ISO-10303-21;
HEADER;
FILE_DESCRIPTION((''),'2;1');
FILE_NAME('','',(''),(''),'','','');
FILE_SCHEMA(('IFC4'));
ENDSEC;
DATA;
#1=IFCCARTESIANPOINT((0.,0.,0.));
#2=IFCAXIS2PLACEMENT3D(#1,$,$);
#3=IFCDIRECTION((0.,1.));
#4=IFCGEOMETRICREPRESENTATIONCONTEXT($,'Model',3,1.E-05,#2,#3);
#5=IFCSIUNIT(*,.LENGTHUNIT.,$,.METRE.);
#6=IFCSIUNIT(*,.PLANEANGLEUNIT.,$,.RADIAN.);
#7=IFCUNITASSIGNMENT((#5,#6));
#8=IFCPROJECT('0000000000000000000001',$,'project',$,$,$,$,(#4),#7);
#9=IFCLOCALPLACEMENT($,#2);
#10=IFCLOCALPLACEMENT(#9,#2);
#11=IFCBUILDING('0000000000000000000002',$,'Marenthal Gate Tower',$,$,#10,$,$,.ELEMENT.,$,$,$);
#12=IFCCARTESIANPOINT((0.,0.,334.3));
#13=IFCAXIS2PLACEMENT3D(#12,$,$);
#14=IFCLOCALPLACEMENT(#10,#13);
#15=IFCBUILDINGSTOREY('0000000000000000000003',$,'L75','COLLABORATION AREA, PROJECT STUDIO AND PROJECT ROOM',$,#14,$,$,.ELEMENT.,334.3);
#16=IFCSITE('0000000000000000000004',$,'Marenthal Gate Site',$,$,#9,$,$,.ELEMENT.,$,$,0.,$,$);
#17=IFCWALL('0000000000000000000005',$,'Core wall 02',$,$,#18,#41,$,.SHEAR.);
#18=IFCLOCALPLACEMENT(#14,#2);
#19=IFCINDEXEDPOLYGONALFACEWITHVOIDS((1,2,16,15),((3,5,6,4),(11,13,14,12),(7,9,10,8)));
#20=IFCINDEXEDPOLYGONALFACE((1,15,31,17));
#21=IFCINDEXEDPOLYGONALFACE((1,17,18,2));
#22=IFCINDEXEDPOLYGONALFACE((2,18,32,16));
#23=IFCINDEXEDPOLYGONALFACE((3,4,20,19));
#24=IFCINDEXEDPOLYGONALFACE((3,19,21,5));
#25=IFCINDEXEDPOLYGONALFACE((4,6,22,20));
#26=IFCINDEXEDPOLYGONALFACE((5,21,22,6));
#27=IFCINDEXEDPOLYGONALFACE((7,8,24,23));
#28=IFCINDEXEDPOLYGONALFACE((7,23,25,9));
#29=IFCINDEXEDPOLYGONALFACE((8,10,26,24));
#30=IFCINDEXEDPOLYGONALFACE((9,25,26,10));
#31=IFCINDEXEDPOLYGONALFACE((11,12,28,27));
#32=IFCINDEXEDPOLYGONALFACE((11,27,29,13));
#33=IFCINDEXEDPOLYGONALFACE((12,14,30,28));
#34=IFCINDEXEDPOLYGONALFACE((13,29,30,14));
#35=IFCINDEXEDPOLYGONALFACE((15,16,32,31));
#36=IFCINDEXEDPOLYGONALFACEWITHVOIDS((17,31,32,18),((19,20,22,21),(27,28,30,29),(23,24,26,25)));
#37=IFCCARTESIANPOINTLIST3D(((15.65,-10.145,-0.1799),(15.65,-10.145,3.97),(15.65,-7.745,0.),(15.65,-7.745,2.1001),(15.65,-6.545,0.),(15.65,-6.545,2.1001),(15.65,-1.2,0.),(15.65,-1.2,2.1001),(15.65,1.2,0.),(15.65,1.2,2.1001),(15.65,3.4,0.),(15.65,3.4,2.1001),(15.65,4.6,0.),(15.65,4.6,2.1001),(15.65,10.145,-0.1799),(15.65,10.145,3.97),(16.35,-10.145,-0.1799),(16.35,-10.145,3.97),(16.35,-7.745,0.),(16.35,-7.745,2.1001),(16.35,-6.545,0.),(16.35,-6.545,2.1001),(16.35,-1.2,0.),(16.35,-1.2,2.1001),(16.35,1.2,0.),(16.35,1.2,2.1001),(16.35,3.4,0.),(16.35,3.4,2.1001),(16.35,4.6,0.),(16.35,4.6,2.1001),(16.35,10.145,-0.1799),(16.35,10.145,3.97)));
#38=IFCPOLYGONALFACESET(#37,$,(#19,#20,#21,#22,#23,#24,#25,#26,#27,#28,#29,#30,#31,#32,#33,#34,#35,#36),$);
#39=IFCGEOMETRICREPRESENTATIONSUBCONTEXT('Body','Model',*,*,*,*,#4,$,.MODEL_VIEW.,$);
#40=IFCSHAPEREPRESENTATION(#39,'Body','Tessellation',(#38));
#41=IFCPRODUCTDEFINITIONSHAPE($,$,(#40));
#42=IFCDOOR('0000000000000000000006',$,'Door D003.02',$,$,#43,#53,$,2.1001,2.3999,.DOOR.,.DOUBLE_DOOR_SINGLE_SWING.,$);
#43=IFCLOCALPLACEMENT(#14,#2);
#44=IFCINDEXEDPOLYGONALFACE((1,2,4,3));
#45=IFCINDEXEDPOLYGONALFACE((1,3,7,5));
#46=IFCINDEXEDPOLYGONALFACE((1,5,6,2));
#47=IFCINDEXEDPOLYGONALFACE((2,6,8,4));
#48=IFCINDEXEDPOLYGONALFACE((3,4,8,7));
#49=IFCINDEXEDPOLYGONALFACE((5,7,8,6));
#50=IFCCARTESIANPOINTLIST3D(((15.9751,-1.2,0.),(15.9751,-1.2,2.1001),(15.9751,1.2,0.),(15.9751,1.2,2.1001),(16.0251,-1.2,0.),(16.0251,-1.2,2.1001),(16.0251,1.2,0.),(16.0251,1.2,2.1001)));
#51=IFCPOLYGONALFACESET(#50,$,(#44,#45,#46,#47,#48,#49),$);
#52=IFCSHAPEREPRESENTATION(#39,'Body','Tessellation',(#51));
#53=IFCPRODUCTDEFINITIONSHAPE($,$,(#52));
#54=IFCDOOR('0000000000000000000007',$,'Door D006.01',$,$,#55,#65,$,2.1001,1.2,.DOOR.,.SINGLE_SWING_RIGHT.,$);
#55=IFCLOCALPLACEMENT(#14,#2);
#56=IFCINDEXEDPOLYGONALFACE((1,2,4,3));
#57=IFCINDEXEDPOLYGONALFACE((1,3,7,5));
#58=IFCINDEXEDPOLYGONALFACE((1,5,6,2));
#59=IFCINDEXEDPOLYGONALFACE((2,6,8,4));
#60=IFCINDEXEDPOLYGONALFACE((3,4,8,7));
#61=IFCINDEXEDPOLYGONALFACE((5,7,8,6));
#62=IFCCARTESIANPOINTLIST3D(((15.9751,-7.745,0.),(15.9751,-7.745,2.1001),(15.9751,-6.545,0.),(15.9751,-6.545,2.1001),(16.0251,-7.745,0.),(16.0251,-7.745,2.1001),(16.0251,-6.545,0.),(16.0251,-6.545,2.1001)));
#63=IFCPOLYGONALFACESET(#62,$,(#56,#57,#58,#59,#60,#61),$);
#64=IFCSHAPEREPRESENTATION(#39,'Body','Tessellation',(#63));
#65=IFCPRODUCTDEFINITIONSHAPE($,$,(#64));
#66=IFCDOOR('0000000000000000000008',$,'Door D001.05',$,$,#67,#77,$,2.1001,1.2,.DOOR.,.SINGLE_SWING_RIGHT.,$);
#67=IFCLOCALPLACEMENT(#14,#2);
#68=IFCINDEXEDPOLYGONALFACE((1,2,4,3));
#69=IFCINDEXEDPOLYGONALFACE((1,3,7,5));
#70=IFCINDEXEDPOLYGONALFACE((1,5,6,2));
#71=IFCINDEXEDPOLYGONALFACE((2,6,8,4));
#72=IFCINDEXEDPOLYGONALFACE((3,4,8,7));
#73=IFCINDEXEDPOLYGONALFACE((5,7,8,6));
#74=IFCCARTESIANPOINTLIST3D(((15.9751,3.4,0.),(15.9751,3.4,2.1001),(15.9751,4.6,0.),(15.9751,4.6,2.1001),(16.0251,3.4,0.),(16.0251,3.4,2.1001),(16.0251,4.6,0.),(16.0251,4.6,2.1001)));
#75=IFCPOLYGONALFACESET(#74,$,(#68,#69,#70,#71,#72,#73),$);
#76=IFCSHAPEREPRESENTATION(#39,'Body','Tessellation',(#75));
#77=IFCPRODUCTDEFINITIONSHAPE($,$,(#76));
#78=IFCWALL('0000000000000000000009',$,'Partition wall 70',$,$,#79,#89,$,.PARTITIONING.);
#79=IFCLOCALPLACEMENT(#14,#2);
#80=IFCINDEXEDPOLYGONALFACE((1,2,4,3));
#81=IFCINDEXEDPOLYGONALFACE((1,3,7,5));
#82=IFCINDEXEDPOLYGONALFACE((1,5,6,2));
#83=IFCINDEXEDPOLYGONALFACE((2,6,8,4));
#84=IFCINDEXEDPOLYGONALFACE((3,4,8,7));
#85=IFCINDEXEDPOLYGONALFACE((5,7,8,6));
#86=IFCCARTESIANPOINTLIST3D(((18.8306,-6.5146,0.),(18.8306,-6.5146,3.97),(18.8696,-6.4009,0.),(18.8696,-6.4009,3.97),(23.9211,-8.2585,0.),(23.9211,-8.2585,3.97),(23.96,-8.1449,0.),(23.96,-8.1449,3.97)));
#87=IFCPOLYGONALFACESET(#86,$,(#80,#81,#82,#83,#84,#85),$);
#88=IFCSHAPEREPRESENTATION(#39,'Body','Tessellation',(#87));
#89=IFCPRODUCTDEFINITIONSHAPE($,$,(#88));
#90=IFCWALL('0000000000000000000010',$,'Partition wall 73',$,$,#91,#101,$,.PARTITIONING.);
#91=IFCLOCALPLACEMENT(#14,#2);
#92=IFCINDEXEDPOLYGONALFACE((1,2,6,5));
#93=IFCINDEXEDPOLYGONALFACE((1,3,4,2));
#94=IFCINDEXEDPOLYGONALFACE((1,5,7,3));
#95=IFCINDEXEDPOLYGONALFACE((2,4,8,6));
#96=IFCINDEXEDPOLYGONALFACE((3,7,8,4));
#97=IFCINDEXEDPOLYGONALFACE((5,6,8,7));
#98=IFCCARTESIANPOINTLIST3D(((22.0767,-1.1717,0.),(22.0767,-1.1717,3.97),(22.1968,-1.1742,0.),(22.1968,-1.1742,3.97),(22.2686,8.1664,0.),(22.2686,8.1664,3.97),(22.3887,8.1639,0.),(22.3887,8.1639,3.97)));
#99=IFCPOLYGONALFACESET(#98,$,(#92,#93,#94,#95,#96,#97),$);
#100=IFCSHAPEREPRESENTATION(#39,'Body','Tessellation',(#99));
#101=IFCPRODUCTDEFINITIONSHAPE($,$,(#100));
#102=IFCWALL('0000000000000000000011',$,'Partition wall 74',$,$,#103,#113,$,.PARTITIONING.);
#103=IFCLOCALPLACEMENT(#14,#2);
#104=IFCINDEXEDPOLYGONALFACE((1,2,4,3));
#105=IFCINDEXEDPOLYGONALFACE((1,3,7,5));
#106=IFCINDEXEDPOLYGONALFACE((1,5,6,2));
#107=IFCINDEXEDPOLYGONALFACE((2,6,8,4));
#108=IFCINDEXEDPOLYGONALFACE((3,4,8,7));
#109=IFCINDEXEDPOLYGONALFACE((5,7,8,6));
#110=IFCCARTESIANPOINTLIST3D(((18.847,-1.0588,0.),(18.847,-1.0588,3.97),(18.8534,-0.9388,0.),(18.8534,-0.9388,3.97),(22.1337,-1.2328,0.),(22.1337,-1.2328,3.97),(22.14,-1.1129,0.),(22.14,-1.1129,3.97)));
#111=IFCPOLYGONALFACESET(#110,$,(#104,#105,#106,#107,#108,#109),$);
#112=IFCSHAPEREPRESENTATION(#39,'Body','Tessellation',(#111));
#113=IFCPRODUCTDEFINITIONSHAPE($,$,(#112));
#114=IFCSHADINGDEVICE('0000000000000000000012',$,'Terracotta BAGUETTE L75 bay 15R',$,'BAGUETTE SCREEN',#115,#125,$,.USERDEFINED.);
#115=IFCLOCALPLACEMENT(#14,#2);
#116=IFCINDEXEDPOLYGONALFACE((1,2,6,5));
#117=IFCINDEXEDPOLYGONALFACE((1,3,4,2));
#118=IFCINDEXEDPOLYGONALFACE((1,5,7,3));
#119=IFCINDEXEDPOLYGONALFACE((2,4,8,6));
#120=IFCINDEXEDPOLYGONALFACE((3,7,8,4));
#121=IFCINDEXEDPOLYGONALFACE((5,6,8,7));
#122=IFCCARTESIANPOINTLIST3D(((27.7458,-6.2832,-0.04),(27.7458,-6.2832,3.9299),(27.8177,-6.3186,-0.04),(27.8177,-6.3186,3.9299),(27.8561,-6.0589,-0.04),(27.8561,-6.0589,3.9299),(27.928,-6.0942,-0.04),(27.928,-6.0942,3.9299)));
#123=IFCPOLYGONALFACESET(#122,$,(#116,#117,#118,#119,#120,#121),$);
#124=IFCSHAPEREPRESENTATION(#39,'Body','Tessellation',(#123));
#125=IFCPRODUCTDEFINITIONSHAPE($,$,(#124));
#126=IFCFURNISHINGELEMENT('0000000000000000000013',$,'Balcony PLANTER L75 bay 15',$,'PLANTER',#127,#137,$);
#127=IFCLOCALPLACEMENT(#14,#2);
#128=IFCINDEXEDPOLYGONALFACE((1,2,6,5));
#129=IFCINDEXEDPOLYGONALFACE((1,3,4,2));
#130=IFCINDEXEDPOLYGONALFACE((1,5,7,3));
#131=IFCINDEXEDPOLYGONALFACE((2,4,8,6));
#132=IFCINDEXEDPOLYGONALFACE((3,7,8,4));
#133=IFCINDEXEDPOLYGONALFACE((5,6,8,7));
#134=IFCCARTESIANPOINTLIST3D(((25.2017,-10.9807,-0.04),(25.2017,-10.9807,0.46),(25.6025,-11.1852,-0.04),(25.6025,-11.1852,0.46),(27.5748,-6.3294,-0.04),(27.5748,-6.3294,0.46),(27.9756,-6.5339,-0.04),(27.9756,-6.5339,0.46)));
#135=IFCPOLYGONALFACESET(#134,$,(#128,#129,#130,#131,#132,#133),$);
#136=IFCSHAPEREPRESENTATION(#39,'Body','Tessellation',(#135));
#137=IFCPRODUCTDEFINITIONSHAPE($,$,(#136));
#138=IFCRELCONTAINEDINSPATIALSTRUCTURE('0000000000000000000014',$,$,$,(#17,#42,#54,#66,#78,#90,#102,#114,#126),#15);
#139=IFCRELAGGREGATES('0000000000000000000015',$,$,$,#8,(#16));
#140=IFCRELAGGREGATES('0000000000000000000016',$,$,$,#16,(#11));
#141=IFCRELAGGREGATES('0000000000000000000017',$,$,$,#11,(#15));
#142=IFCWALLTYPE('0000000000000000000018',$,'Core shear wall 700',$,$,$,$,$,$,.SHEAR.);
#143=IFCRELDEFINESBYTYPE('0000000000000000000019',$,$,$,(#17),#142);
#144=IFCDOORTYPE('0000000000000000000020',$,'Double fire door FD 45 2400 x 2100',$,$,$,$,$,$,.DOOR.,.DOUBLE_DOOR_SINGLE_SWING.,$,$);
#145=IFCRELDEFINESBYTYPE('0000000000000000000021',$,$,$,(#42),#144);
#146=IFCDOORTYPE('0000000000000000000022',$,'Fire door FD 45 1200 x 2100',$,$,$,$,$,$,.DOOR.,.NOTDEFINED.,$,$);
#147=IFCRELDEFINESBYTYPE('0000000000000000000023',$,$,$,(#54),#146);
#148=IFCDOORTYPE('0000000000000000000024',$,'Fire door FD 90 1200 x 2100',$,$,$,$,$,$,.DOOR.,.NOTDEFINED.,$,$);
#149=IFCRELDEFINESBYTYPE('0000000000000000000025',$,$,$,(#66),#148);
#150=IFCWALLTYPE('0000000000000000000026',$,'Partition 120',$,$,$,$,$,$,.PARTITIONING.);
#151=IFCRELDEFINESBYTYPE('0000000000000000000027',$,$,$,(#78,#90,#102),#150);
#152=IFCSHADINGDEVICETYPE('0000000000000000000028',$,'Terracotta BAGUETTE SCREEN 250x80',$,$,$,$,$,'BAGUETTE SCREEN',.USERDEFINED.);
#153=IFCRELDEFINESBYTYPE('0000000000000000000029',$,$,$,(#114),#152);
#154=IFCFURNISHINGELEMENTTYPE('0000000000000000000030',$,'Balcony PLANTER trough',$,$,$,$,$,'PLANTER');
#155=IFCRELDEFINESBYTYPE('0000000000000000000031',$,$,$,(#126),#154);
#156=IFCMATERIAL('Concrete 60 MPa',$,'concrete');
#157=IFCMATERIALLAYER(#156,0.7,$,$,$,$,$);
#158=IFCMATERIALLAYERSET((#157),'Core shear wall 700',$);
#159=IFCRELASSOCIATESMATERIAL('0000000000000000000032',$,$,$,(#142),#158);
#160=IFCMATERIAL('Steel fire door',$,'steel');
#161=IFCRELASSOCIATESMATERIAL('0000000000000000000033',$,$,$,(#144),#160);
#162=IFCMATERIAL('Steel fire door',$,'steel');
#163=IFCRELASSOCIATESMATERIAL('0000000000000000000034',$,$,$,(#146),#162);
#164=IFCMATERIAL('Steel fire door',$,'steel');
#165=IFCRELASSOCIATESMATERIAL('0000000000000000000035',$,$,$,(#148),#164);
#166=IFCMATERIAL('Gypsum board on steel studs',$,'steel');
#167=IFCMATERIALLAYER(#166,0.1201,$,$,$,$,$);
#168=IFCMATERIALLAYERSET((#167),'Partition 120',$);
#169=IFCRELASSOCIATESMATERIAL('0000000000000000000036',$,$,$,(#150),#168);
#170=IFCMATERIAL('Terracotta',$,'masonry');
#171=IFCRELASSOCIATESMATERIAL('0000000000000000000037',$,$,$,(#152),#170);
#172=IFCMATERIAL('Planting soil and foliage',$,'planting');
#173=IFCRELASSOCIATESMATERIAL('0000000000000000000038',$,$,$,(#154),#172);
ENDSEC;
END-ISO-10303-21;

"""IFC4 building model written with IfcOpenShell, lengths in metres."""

from ifc_helpers import new_model, si_unit, direction, frame, frame_2d, origin, origin_2d, place, context, subcontext, project, spatial, rectangle, extrude, material, layer, layer_set, material_profile, profile_set, type_object, element, fill, save


model = new_model("IFC4")

# Units and contexts
model_context = context("Model", 3, precision=1e-05, world=origin(), true_north=direction((0.0, 1.0)))
body_context = subcontext(model_context, "Body", "Model", "MODEL_VIEW")
ifc_project = project(units=[si_unit("LENGTHUNIT", "METRE"), si_unit("PLANEANGLEUNIT", "RADIAN")], contexts=[model_context])

# Site, building, storey
site_placement = place(None, origin())
site = spatial("IfcSite", under=ifc_project, at=site_placement, Name="Marenthal Gate Site", CompositionType="ELEMENT", RefElevation=0.0)
building_placement = place(site_placement, origin())
building = spatial("IfcBuilding", under=site, at=building_placement, Name="Marenthal Gate Tower", CompositionType="ELEMENT")
storey_placement = place(building_placement, frame((0.0, 0.0, 334.3)))
storey = spatial("IfcBuildingStorey", under=building, at=storey_placement, Name="L75", Description="COLLABORATION AREA, PROJECT STUDIO AND PROJECT ROOM", CompositionType="ELEMENT", Elevation=334.3)

# Wall, openings, doors
ifc_material_1 = material(Name="Concrete 60 MPa", Category="concrete")
ifc_layer_1 = layer(ifc_material_1, 0.7)
ifc_layer_set_1 = layer_set([ifc_layer_1], Name="Core shear wall 700")
wall_type_1 = type_object("IfcWallType", Name="Core shear wall 700", PredefinedType="SHEAR", material=ifc_layer_set_1)
wall_1_placement = place(storey_placement, frame((16.0, -10.145, -0.1799), z_axis=(0.0, 0.0, 1.0), x_axis=(0.0, 1.0, 0.0)))
wall_1 = element("IfcWall", 1, at=wall_1_placement, inside=storey, type_object=wall_type_1, Name="Core wall 02", PredefinedType="SHEAR", context=body_context, shape_type="SweptSolid", body=[
    extrude(rectangle(XDim=20.29, YDim=0.7, at=frame_2d((10.145, 0.0))), origin(), (0.0, 0.0, 1.0), 4.1499),
])
opening_1_placement = place(wall_1_placement, frame((8.9451, 0.0, 0.1799)))
opening_1 = element("IfcOpeningElement", 2, at=opening_1_placement, cuts=wall_1, PredefinedType="OPENING", context=body_context, shape_type="SweptSolid", body=[
    extrude(rectangle(XDim=2.3999, YDim=2.1001, at=frame_2d((1.2, 1.05))), frame((0.0, 0.3599, 0.0), z_axis=(0.0, -1.0, 0.0), x_axis=(1.0, 0.0, 0.0)), (0.0, 0.0, 1.0), 0.72),
])
opening_2_placement = place(wall_1_placement, frame((13.5449, 0.0, 0.1799)))
opening_2 = element("IfcOpeningElement", 3, at=opening_2_placement, cuts=wall_1, PredefinedType="OPENING", context=body_context, shape_type="SweptSolid", body=[
    extrude(rectangle(XDim=1.2, YDim=2.1001, at=frame_2d((0.6001, 1.05))), frame((0.0, 0.3599, 0.0), z_axis=(0.0, -1.0, 0.0), x_axis=(1.0, 0.0, 0.0)), (0.0, 0.0, 1.0), 0.72),
])
opening_3_placement = place(wall_1_placement, frame((2.3999, 0.0, 0.1799)))
opening_3 = element("IfcOpeningElement", 4, at=opening_3_placement, cuts=wall_1, PredefinedType="OPENING", context=body_context, shape_type="SweptSolid", body=[
    extrude(rectangle(XDim=1.2, YDim=2.1001, at=frame_2d((0.6001, 1.05))), frame((0.0, 0.3599, 0.0), z_axis=(0.0, -1.0, 0.0), x_axis=(1.0, 0.0, 0.0)), (0.0, 0.0, 1.0), 0.72),
])
ifc_material_2 = material(Name="Steel fire door", Category="steel")
door_type_1 = type_object("IfcDoorType", Name="Double fire door FD 45 2400 x 2100", OperationType="DOUBLE_DOOR_SINGLE_SWING", PredefinedType="DOOR", material=ifc_material_2)
door_1_placement = place(opening_1_placement, origin())
door_1 = element("IfcDoor", 5, at=door_1_placement, inside=storey, type_object=door_type_1, Name="Door D003.02", OperationType="DOUBLE_DOOR_SINGLE_SWING", OverallHeight=2.1001, OverallWidth=2.3999, PredefinedType="DOOR", context=body_context, shape_type="SweptSolid", body=[
    extrude(rectangle(XDim=2.3999, YDim=2.1001, at=frame_2d((1.2, 1.05))), frame((0.0, 0.0249, 0.0), z_axis=(0.0, -1.0, 0.0), x_axis=(1.0, 0.0, 0.0)), (0.0, 0.0, 1.0), 0.05),
])
fill(opening_1, door_1)
ifc_material_3 = material(Name="Steel fire door", Category="steel")
door_type_2 = type_object("IfcDoorType", Name="Fire door FD 45 1200 x 2100", OperationType="NOTDEFINED", PredefinedType="DOOR", material=ifc_material_3)
door_2_placement = place(opening_3_placement, origin())
door_2 = element("IfcDoor", 6, at=door_2_placement, inside=storey, type_object=door_type_2, Name="Door D006.01", OperationType="SINGLE_SWING_RIGHT", OverallHeight=2.1001, OverallWidth=1.2, PredefinedType="DOOR", context=body_context, shape_type="SweptSolid", body=[
    extrude(rectangle(XDim=1.2, YDim=2.1001, at=frame_2d((0.6001, 1.05))), frame((0.0, 0.0249, 0.0), z_axis=(0.0, -1.0, 0.0), x_axis=(1.0, 0.0, 0.0)), (0.0, 0.0, 1.0), 0.05),
])
fill(opening_3, door_2)
ifc_material_4 = material(Name="Steel fire door", Category="steel")
door_type_3 = type_object("IfcDoorType", Name="Fire door FD 90 1200 x 2100", OperationType="NOTDEFINED", PredefinedType="DOOR", material=ifc_material_4)
door_3_placement = place(opening_2_placement, origin())
door_3 = element("IfcDoor", 7, at=door_3_placement, inside=storey, type_object=door_type_3, Name="Door D001.05", OperationType="SINGLE_SWING_RIGHT", OverallHeight=2.1001, OverallWidth=1.2, PredefinedType="DOOR", context=body_context, shape_type="SweptSolid", body=[
    extrude(rectangle(XDim=1.2, YDim=2.1001, at=frame_2d((0.6001, 1.05))), frame((0.0, 0.0249, 0.0), z_axis=(0.0, -1.0, 0.0), x_axis=(1.0, 0.0, 0.0)), (0.0, 0.0, 1.0), 0.05),
])
fill(opening_2, door_3)

# Walls
ifc_material_5 = material(Name="Gypsum board on steel studs", Category="steel")
ifc_layer_2 = layer(ifc_material_5, 0.1201)
ifc_layer_set_2 = layer_set([ifc_layer_2], Name="Partition 120")
wall_type_2 = type_object("IfcWallType", Name="Partition 120", PredefinedType="PARTITIONING", material=ifc_layer_set_2)
wall_2_placement = place(storey_placement, frame((18.8501, -6.4578, 0.0), z_axis=(0.0, 0.0, 1.0), x_axis=(0.946023, -0.324098, 0.0)))
element("IfcWall", 8, at=wall_2_placement, inside=storey, type_object=wall_type_2, Name="Partition wall 70", PredefinedType="PARTITIONING", context=body_context, shape_type="SweptSolid", body=[
    extrude(rectangle(XDim=5.3809, YDim=0.1201, at=frame_2d((2.6904, 0.0))), origin(), (0.0, 0.0, 1.0), 3.97),
])
wall_3_placement = place(storey_placement, frame((22.1367, -1.1729, 0.0), z_axis=(0.0, 0.0, 1.0), x_axis=(0.020545, 0.999789, 0.0)))
element("IfcWall", 9, at=wall_3_placement, inside=storey, type_object=wall_type_2, Name="Partition wall 73", PredefinedType="PARTITIONING", context=body_context, shape_type="SweptSolid", body=[
    extrude(rectangle(XDim=9.3401, YDim=0.1201, at=frame_2d((4.6699, 0.0))), origin(), (0.0, 0.0, 1.0), 3.97),
])
wall_4_placement = place(storey_placement, frame((22.1367, -1.1729, 0.0), z_axis=(0.0, 0.0, 1.0), x_axis=(-0.9986, 0.05289, 0.0)))
element("IfcWall", 10, at=wall_4_placement, inside=storey, type_object=wall_type_2, Name="Partition wall 74", PredefinedType="PARTITIONING", context=body_context, shape_type="SweptSolid", body=[
    extrude(rectangle(XDim=3.2913, YDim=0.1201, at=frame_2d((1.6455, 0.0))), origin(), (0.0, 0.0, 1.0), 3.97),
])

# Shading device
ifc_material_6 = material(Name="Terracotta", Category="masonry")
ifc_material_profile_1 = material_profile(ifc_material_6, rectangle(XDim=0.25, YDim=0.0801, at=origin_2d()), Name="Terracotta baguette 250x80")
ifc_profile_set_1 = profile_set([ifc_material_profile_1], Name="Terracotta")
shading_device_type = type_object("IfcShadingDeviceType", Name="Terracotta BAGUETTE SCREEN 250x80", ElementType="BAGUETTE SCREEN", PredefinedType="USERDEFINED", material=ifc_profile_set_1)
shading_device_placement = place(storey_placement, frame((27.8369, -6.1887, -0.04), z_axis=(0.0, 0.0, 1.0), x_axis=(0.441298, 0.897361, 0.0)))
element("IfcShadingDevice", 11, at=shading_device_placement, inside=storey, type_object=shading_device_type, Name="Terracotta BAGUETTE L75 bay 15R", ObjectType="BAGUETTE SCREEN", PredefinedType="USERDEFINED", context=body_context, shape_type="SweptSolid", body=[
    extrude(rectangle(XDim=0.25, YDim=0.0801, at=origin_2d()), origin(), (0.0, 0.0, 1.0), 3.97),
])

# Furnishing element
ifc_material_7 = material(Name="Planting soil and foliage", Category="planting")
furnishing_element_type = type_object("IfcFurnishingElementType", Name="Balcony PLANTER trough", ElementType="PLANTER", material=ifc_material_7)
furnishing_placement = place(storey_placement, frame((26.5886, -8.7573, -0.04), z_axis=(0.0, 0.0, 1.0), x_axis=(0.454476, 0.890759, 0.0)))
element("IfcFurnishingElement", 12, at=furnishing_placement, inside=storey, type_object=furnishing_element_type, Name="Balcony PLANTER L75 bay 15", ObjectType="PLANTER", context=body_context, shape_type="SweptSolid", body=[
    extrude(rectangle(XDim=5.2217, YDim=0.45, at=origin_2d()), origin(), (0.0, 0.0, 1.0), 0.5),
])

save(model, "model.ifc")
